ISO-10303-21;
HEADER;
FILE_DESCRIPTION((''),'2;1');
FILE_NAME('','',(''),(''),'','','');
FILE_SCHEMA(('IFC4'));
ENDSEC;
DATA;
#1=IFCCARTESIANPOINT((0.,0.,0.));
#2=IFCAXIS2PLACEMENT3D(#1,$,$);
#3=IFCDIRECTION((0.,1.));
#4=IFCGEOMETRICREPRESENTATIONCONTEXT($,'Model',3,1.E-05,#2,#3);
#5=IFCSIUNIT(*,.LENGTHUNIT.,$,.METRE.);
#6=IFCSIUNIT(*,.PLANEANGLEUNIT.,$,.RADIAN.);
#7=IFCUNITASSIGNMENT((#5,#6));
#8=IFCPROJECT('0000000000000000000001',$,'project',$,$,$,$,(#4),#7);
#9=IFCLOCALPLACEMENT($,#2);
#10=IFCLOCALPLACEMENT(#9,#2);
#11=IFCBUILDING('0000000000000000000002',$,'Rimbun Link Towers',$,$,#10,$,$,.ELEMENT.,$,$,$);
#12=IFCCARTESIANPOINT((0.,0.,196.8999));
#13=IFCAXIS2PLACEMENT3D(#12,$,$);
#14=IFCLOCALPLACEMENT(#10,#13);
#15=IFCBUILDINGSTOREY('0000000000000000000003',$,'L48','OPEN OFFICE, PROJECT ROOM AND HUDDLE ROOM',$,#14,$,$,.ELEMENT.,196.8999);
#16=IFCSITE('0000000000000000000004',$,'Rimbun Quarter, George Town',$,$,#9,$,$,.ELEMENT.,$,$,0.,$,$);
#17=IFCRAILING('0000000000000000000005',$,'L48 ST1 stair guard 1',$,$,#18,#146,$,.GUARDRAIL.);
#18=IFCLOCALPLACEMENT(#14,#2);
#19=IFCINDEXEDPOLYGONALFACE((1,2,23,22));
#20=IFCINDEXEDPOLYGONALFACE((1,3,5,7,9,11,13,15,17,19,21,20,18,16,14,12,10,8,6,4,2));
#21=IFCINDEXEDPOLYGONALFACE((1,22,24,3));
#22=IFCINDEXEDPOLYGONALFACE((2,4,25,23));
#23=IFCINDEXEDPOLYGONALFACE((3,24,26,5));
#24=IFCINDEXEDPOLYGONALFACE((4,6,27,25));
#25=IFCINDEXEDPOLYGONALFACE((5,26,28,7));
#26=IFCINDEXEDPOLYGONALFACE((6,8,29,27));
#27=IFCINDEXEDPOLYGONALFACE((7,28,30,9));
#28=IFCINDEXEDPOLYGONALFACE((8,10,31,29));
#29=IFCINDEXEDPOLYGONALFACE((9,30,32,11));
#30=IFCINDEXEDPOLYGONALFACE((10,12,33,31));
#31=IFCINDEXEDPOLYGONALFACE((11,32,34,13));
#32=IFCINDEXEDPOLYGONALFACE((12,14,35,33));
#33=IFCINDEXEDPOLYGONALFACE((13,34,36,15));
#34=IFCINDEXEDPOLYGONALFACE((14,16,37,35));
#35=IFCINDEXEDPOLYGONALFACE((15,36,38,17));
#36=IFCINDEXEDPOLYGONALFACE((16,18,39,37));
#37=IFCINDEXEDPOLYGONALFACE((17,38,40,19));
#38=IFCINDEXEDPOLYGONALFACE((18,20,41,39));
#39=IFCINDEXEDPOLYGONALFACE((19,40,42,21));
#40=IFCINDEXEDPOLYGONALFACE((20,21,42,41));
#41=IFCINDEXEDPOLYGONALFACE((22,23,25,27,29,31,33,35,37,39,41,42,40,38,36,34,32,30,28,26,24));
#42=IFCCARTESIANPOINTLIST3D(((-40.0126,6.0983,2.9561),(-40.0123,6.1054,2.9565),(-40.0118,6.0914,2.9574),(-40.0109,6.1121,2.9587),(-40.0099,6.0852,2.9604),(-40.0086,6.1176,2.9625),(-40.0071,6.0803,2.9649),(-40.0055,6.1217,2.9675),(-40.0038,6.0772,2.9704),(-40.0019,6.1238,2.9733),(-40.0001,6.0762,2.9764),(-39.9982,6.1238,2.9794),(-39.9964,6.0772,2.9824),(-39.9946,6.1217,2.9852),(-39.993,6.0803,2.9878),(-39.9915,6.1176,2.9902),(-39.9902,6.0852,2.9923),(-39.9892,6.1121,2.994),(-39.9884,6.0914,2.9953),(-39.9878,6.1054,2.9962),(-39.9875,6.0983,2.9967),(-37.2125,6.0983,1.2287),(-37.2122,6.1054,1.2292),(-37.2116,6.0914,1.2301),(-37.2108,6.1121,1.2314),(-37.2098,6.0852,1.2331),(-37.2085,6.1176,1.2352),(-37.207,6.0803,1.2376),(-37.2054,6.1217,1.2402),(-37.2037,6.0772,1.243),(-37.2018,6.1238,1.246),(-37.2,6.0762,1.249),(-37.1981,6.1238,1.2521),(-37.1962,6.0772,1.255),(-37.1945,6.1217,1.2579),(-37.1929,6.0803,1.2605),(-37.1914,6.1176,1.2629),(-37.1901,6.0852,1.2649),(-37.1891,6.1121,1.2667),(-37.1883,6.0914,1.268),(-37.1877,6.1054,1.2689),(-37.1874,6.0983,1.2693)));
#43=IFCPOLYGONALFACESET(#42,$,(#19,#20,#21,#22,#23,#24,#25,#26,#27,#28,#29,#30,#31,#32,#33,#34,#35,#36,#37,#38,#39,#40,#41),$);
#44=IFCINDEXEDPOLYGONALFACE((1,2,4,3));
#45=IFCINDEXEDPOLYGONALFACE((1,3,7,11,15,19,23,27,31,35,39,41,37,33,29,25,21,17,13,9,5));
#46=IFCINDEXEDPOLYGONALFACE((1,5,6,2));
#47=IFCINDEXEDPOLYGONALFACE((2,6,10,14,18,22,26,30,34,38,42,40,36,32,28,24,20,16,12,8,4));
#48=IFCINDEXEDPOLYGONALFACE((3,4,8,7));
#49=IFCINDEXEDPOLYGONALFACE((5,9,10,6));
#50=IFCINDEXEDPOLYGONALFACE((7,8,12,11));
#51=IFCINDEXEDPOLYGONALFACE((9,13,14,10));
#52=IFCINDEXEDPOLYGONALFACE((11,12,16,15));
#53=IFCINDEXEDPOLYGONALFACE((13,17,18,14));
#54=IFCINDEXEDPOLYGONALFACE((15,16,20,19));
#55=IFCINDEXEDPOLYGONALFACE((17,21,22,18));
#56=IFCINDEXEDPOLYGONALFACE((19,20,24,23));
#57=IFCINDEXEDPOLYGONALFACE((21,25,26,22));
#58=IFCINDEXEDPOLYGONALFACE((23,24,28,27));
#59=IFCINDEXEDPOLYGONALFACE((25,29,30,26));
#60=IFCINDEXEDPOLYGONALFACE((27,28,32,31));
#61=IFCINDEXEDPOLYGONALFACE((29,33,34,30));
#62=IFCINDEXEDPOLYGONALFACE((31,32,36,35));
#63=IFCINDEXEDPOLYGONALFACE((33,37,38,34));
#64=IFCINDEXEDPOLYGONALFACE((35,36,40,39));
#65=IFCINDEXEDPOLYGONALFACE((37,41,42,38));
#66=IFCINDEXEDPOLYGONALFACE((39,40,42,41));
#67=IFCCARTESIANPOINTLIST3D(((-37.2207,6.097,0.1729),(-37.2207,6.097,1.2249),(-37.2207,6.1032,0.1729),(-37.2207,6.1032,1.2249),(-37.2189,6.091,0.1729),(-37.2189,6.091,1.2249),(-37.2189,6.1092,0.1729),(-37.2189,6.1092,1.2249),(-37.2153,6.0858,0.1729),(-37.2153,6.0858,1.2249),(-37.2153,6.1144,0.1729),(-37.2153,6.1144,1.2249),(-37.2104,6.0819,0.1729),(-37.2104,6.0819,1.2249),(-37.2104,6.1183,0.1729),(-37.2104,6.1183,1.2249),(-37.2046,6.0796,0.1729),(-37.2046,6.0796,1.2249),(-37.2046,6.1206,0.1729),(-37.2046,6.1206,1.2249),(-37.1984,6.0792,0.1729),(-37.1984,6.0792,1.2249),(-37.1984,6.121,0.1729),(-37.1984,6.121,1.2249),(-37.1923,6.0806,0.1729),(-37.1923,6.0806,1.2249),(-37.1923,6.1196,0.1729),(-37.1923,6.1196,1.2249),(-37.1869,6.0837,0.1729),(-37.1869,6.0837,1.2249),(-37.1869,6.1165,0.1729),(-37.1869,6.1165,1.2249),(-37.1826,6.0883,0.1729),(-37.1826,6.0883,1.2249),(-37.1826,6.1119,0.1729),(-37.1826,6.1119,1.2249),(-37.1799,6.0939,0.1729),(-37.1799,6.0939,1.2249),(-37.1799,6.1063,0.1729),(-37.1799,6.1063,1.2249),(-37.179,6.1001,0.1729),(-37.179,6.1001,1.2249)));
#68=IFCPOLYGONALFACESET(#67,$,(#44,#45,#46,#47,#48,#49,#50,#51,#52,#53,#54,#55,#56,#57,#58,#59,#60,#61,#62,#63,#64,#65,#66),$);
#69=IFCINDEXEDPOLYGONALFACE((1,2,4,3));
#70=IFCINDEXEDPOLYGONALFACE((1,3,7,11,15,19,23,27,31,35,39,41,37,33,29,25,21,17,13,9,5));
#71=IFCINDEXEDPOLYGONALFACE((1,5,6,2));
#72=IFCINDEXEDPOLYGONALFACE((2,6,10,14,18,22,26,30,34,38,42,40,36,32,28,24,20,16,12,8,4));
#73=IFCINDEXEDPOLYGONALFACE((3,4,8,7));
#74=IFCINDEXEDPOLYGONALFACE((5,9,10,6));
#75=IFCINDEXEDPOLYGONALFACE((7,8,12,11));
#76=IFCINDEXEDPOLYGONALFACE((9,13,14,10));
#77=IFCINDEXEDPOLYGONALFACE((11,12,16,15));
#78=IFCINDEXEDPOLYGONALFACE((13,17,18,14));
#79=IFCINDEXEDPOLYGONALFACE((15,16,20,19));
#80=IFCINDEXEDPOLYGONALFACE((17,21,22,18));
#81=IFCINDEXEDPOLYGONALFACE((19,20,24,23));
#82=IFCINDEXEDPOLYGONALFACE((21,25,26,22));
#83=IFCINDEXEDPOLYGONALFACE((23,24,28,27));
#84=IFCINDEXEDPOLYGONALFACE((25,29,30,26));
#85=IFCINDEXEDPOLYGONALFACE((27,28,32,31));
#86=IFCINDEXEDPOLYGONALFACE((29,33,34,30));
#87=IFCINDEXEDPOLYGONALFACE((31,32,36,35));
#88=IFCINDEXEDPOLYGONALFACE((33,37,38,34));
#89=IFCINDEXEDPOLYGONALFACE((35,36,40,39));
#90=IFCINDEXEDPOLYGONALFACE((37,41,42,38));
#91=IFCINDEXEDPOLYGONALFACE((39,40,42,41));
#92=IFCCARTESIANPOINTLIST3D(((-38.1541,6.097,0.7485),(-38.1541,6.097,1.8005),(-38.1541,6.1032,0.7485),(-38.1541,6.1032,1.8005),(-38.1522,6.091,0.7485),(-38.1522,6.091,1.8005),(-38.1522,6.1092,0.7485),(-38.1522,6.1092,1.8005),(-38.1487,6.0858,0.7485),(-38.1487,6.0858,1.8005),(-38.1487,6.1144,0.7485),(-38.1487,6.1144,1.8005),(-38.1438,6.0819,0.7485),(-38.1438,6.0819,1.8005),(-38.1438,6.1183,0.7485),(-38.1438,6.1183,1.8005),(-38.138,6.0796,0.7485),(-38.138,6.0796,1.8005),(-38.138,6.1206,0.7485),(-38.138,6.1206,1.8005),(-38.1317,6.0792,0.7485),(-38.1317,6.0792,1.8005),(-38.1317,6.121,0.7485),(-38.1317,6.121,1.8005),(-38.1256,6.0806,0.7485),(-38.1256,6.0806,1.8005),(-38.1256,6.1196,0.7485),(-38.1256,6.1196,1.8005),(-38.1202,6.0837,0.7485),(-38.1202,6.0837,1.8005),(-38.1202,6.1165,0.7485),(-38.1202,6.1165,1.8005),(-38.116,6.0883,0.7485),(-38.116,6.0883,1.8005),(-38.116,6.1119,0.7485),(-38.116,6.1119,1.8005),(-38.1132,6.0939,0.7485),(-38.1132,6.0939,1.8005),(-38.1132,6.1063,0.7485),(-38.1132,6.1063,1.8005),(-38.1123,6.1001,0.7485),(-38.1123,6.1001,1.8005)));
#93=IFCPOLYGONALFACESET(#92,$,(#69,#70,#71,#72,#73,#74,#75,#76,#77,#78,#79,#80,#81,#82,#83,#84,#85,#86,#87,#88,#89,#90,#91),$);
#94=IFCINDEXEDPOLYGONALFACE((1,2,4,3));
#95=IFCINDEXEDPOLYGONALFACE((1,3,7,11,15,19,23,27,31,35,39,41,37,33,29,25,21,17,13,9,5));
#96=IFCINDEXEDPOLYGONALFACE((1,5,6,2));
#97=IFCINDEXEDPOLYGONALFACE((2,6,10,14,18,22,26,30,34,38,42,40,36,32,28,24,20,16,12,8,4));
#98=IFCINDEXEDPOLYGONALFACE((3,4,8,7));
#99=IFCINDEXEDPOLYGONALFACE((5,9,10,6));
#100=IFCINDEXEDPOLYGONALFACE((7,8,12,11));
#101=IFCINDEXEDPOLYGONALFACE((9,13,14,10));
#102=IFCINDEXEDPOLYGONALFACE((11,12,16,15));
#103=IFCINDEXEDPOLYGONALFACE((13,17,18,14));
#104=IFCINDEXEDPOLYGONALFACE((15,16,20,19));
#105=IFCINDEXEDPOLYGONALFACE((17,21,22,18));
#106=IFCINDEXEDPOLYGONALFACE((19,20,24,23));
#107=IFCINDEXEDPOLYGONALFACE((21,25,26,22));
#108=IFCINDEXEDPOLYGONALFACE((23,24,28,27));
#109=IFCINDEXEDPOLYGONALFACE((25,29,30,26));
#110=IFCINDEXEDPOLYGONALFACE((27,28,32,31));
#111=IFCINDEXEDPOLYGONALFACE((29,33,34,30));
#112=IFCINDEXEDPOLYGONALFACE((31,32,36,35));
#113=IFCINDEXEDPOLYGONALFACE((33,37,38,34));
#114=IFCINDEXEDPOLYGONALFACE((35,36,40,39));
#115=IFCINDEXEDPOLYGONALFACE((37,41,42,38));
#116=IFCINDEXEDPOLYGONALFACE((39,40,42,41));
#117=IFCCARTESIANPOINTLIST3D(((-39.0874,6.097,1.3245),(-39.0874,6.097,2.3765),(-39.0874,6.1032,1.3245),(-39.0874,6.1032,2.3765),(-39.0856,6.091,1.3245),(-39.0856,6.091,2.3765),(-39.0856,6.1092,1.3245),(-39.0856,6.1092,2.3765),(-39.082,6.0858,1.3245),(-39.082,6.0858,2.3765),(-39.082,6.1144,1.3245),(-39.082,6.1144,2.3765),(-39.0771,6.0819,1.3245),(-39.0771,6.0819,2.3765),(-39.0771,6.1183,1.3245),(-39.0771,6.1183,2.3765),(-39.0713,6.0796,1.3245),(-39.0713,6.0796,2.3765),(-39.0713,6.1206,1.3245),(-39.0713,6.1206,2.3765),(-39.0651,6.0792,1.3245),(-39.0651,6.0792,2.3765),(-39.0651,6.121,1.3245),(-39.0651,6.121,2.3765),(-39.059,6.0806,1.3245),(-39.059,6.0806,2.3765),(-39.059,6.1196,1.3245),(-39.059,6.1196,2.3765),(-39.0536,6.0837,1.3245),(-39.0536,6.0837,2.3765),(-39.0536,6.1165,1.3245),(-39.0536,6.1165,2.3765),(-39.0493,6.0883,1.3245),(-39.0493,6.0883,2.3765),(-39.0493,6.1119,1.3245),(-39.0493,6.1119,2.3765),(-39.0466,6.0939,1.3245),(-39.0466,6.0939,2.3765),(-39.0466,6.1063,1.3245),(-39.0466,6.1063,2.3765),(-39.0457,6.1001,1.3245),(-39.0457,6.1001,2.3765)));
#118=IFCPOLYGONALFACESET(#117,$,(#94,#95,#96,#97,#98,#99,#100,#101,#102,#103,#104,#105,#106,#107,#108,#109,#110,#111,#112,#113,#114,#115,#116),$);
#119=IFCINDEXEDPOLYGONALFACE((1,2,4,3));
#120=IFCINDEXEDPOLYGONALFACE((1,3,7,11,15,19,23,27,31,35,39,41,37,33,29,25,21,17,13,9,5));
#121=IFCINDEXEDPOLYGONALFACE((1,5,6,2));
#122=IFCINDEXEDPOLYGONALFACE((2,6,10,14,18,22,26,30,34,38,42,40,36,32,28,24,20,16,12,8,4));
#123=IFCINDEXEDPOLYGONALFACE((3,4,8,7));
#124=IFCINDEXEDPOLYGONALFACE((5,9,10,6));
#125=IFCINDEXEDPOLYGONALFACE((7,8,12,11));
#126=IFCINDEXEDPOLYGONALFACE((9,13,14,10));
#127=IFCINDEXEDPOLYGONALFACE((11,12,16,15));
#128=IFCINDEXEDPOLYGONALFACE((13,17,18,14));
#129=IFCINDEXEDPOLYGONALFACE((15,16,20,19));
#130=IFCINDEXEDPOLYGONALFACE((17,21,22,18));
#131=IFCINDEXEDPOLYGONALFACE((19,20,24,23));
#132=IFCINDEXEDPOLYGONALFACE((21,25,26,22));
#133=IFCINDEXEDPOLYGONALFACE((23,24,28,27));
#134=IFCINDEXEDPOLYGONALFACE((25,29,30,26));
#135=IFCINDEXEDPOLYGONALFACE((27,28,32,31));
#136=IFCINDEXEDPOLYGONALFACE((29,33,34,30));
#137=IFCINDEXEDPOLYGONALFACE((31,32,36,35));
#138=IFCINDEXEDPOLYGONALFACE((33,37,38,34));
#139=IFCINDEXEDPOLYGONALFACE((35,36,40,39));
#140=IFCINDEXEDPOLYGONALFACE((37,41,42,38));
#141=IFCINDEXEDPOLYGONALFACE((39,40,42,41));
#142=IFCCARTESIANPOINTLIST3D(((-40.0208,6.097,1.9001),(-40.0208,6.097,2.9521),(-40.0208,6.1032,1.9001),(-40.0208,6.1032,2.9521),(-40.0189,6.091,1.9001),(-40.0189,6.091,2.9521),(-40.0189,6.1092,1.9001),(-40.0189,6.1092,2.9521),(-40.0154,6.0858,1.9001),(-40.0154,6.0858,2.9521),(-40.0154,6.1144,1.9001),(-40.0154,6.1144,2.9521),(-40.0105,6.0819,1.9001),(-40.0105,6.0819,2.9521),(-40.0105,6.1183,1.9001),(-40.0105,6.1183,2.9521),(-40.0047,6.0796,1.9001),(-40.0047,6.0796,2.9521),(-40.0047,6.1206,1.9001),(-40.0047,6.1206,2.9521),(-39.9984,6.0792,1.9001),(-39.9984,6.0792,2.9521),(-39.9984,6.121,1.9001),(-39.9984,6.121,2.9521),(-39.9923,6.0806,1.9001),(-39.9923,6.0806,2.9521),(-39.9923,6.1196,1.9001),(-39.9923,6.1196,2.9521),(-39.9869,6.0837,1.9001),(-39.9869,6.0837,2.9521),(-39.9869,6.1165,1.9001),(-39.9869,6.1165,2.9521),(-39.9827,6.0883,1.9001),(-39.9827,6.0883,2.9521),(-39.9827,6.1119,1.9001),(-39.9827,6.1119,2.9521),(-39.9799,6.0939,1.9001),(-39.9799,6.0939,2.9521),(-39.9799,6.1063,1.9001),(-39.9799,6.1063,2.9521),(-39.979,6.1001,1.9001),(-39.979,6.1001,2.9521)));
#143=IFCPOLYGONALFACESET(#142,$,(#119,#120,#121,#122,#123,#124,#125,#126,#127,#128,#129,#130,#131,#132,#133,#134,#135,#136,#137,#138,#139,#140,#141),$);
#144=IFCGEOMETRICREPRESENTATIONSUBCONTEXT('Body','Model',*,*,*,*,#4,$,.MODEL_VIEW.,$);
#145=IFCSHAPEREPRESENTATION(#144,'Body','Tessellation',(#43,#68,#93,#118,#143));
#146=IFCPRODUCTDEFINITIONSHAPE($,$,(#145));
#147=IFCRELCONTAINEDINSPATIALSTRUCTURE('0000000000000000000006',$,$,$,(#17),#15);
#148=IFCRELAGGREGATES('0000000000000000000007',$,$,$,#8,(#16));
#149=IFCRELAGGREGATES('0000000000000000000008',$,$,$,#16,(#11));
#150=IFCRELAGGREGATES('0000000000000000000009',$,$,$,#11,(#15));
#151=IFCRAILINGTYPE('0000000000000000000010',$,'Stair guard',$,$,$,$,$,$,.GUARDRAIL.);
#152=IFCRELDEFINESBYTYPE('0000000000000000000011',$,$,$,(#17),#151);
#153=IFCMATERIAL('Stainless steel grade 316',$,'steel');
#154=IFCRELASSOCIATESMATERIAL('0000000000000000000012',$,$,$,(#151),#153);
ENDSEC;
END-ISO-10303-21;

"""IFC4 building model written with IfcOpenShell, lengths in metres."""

from ifc_helpers import new_model, si_unit, direction, frame, origin, origin_2d, place, context, subcontext, project, spatial, circle, extrude, material, type_object, element, save


model = new_model("IFC4")

# Units and contexts
model_context = context("Model", 3, precision=1e-05, world=origin(), true_north=direction((0.0, 1.0)))
body_context = subcontext(model_context, "Body", "Model", "MODEL_VIEW")
ifc_project = project(units=[si_unit("LENGTHUNIT", "METRE"), si_unit("PLANEANGLEUNIT", "RADIAN")], contexts=[model_context])

# Site, building, storey
site_placement = place(None, origin())
site = spatial("IfcSite", under=ifc_project, at=site_placement, Name="Rimbun Quarter, George Town", CompositionType="ELEMENT", RefElevation=0.0)
building_placement = place(site_placement, origin())
building = spatial("IfcBuilding", under=site, at=building_placement, Name="Rimbun Link Towers", CompositionType="ELEMENT")
storey_placement = place(building_placement, frame((0.0, 0.0, 196.8999)))
storey = spatial("IfcBuildingStorey", under=building, at=storey_placement, Name="L48", Description="OPEN OFFICE, PROJECT ROOM AND HUDDLE ROOM", CompositionType="ELEMENT", Elevation=196.8999)

# Railing
ifc_material_1 = material(Name="Stainless steel grade 316", Category="steel")
railing_type_1 = type_object("IfcRailingType", Name="Stair guard", PredefinedType="GUARDRAIL", material=ifc_material_1)
railing_1_placement = place(storey_placement, frame((-37.2, 6.1001, 0.1729)))
element("IfcRailing", 1, at=railing_1_placement, inside=storey, type_object=railing_type_1, Name="L48 ST1 stair guard 1", PredefinedType="GUARDRAIL", context=body_context, shape_type="SweptSolid", body=[
    extrude(circle(Radius=0.0239, at=origin_2d()), frame((0.0, 0.0, 1.0762), z_axis=(-0.85109, 0.0, 0.52502), x_axis=(0.0, -1.0, 0.0)), (0.0, 0.0, 1.0), 3.29),
    extrude(circle(Radius=0.021, at=origin_2d()), origin(), (0.0, 0.0, 1.0), 1.052),
    extrude(circle(Radius=0.021, at=origin_2d()), frame((-0.9333, 0.0, 0.5757)), (0.0, 0.0, 1.0), 1.052),
    extrude(circle(Radius=0.021, at=origin_2d()), frame((-1.8667, 0.0, 1.1516)), (0.0, 0.0, 1.0), 1.052),
    extrude(circle(Radius=0.021, at=origin_2d()), frame((-2.8, 0.0, 1.7273)), (0.0, 0.0, 1.0), 1.052),
])

save(model, "model.ifc")
